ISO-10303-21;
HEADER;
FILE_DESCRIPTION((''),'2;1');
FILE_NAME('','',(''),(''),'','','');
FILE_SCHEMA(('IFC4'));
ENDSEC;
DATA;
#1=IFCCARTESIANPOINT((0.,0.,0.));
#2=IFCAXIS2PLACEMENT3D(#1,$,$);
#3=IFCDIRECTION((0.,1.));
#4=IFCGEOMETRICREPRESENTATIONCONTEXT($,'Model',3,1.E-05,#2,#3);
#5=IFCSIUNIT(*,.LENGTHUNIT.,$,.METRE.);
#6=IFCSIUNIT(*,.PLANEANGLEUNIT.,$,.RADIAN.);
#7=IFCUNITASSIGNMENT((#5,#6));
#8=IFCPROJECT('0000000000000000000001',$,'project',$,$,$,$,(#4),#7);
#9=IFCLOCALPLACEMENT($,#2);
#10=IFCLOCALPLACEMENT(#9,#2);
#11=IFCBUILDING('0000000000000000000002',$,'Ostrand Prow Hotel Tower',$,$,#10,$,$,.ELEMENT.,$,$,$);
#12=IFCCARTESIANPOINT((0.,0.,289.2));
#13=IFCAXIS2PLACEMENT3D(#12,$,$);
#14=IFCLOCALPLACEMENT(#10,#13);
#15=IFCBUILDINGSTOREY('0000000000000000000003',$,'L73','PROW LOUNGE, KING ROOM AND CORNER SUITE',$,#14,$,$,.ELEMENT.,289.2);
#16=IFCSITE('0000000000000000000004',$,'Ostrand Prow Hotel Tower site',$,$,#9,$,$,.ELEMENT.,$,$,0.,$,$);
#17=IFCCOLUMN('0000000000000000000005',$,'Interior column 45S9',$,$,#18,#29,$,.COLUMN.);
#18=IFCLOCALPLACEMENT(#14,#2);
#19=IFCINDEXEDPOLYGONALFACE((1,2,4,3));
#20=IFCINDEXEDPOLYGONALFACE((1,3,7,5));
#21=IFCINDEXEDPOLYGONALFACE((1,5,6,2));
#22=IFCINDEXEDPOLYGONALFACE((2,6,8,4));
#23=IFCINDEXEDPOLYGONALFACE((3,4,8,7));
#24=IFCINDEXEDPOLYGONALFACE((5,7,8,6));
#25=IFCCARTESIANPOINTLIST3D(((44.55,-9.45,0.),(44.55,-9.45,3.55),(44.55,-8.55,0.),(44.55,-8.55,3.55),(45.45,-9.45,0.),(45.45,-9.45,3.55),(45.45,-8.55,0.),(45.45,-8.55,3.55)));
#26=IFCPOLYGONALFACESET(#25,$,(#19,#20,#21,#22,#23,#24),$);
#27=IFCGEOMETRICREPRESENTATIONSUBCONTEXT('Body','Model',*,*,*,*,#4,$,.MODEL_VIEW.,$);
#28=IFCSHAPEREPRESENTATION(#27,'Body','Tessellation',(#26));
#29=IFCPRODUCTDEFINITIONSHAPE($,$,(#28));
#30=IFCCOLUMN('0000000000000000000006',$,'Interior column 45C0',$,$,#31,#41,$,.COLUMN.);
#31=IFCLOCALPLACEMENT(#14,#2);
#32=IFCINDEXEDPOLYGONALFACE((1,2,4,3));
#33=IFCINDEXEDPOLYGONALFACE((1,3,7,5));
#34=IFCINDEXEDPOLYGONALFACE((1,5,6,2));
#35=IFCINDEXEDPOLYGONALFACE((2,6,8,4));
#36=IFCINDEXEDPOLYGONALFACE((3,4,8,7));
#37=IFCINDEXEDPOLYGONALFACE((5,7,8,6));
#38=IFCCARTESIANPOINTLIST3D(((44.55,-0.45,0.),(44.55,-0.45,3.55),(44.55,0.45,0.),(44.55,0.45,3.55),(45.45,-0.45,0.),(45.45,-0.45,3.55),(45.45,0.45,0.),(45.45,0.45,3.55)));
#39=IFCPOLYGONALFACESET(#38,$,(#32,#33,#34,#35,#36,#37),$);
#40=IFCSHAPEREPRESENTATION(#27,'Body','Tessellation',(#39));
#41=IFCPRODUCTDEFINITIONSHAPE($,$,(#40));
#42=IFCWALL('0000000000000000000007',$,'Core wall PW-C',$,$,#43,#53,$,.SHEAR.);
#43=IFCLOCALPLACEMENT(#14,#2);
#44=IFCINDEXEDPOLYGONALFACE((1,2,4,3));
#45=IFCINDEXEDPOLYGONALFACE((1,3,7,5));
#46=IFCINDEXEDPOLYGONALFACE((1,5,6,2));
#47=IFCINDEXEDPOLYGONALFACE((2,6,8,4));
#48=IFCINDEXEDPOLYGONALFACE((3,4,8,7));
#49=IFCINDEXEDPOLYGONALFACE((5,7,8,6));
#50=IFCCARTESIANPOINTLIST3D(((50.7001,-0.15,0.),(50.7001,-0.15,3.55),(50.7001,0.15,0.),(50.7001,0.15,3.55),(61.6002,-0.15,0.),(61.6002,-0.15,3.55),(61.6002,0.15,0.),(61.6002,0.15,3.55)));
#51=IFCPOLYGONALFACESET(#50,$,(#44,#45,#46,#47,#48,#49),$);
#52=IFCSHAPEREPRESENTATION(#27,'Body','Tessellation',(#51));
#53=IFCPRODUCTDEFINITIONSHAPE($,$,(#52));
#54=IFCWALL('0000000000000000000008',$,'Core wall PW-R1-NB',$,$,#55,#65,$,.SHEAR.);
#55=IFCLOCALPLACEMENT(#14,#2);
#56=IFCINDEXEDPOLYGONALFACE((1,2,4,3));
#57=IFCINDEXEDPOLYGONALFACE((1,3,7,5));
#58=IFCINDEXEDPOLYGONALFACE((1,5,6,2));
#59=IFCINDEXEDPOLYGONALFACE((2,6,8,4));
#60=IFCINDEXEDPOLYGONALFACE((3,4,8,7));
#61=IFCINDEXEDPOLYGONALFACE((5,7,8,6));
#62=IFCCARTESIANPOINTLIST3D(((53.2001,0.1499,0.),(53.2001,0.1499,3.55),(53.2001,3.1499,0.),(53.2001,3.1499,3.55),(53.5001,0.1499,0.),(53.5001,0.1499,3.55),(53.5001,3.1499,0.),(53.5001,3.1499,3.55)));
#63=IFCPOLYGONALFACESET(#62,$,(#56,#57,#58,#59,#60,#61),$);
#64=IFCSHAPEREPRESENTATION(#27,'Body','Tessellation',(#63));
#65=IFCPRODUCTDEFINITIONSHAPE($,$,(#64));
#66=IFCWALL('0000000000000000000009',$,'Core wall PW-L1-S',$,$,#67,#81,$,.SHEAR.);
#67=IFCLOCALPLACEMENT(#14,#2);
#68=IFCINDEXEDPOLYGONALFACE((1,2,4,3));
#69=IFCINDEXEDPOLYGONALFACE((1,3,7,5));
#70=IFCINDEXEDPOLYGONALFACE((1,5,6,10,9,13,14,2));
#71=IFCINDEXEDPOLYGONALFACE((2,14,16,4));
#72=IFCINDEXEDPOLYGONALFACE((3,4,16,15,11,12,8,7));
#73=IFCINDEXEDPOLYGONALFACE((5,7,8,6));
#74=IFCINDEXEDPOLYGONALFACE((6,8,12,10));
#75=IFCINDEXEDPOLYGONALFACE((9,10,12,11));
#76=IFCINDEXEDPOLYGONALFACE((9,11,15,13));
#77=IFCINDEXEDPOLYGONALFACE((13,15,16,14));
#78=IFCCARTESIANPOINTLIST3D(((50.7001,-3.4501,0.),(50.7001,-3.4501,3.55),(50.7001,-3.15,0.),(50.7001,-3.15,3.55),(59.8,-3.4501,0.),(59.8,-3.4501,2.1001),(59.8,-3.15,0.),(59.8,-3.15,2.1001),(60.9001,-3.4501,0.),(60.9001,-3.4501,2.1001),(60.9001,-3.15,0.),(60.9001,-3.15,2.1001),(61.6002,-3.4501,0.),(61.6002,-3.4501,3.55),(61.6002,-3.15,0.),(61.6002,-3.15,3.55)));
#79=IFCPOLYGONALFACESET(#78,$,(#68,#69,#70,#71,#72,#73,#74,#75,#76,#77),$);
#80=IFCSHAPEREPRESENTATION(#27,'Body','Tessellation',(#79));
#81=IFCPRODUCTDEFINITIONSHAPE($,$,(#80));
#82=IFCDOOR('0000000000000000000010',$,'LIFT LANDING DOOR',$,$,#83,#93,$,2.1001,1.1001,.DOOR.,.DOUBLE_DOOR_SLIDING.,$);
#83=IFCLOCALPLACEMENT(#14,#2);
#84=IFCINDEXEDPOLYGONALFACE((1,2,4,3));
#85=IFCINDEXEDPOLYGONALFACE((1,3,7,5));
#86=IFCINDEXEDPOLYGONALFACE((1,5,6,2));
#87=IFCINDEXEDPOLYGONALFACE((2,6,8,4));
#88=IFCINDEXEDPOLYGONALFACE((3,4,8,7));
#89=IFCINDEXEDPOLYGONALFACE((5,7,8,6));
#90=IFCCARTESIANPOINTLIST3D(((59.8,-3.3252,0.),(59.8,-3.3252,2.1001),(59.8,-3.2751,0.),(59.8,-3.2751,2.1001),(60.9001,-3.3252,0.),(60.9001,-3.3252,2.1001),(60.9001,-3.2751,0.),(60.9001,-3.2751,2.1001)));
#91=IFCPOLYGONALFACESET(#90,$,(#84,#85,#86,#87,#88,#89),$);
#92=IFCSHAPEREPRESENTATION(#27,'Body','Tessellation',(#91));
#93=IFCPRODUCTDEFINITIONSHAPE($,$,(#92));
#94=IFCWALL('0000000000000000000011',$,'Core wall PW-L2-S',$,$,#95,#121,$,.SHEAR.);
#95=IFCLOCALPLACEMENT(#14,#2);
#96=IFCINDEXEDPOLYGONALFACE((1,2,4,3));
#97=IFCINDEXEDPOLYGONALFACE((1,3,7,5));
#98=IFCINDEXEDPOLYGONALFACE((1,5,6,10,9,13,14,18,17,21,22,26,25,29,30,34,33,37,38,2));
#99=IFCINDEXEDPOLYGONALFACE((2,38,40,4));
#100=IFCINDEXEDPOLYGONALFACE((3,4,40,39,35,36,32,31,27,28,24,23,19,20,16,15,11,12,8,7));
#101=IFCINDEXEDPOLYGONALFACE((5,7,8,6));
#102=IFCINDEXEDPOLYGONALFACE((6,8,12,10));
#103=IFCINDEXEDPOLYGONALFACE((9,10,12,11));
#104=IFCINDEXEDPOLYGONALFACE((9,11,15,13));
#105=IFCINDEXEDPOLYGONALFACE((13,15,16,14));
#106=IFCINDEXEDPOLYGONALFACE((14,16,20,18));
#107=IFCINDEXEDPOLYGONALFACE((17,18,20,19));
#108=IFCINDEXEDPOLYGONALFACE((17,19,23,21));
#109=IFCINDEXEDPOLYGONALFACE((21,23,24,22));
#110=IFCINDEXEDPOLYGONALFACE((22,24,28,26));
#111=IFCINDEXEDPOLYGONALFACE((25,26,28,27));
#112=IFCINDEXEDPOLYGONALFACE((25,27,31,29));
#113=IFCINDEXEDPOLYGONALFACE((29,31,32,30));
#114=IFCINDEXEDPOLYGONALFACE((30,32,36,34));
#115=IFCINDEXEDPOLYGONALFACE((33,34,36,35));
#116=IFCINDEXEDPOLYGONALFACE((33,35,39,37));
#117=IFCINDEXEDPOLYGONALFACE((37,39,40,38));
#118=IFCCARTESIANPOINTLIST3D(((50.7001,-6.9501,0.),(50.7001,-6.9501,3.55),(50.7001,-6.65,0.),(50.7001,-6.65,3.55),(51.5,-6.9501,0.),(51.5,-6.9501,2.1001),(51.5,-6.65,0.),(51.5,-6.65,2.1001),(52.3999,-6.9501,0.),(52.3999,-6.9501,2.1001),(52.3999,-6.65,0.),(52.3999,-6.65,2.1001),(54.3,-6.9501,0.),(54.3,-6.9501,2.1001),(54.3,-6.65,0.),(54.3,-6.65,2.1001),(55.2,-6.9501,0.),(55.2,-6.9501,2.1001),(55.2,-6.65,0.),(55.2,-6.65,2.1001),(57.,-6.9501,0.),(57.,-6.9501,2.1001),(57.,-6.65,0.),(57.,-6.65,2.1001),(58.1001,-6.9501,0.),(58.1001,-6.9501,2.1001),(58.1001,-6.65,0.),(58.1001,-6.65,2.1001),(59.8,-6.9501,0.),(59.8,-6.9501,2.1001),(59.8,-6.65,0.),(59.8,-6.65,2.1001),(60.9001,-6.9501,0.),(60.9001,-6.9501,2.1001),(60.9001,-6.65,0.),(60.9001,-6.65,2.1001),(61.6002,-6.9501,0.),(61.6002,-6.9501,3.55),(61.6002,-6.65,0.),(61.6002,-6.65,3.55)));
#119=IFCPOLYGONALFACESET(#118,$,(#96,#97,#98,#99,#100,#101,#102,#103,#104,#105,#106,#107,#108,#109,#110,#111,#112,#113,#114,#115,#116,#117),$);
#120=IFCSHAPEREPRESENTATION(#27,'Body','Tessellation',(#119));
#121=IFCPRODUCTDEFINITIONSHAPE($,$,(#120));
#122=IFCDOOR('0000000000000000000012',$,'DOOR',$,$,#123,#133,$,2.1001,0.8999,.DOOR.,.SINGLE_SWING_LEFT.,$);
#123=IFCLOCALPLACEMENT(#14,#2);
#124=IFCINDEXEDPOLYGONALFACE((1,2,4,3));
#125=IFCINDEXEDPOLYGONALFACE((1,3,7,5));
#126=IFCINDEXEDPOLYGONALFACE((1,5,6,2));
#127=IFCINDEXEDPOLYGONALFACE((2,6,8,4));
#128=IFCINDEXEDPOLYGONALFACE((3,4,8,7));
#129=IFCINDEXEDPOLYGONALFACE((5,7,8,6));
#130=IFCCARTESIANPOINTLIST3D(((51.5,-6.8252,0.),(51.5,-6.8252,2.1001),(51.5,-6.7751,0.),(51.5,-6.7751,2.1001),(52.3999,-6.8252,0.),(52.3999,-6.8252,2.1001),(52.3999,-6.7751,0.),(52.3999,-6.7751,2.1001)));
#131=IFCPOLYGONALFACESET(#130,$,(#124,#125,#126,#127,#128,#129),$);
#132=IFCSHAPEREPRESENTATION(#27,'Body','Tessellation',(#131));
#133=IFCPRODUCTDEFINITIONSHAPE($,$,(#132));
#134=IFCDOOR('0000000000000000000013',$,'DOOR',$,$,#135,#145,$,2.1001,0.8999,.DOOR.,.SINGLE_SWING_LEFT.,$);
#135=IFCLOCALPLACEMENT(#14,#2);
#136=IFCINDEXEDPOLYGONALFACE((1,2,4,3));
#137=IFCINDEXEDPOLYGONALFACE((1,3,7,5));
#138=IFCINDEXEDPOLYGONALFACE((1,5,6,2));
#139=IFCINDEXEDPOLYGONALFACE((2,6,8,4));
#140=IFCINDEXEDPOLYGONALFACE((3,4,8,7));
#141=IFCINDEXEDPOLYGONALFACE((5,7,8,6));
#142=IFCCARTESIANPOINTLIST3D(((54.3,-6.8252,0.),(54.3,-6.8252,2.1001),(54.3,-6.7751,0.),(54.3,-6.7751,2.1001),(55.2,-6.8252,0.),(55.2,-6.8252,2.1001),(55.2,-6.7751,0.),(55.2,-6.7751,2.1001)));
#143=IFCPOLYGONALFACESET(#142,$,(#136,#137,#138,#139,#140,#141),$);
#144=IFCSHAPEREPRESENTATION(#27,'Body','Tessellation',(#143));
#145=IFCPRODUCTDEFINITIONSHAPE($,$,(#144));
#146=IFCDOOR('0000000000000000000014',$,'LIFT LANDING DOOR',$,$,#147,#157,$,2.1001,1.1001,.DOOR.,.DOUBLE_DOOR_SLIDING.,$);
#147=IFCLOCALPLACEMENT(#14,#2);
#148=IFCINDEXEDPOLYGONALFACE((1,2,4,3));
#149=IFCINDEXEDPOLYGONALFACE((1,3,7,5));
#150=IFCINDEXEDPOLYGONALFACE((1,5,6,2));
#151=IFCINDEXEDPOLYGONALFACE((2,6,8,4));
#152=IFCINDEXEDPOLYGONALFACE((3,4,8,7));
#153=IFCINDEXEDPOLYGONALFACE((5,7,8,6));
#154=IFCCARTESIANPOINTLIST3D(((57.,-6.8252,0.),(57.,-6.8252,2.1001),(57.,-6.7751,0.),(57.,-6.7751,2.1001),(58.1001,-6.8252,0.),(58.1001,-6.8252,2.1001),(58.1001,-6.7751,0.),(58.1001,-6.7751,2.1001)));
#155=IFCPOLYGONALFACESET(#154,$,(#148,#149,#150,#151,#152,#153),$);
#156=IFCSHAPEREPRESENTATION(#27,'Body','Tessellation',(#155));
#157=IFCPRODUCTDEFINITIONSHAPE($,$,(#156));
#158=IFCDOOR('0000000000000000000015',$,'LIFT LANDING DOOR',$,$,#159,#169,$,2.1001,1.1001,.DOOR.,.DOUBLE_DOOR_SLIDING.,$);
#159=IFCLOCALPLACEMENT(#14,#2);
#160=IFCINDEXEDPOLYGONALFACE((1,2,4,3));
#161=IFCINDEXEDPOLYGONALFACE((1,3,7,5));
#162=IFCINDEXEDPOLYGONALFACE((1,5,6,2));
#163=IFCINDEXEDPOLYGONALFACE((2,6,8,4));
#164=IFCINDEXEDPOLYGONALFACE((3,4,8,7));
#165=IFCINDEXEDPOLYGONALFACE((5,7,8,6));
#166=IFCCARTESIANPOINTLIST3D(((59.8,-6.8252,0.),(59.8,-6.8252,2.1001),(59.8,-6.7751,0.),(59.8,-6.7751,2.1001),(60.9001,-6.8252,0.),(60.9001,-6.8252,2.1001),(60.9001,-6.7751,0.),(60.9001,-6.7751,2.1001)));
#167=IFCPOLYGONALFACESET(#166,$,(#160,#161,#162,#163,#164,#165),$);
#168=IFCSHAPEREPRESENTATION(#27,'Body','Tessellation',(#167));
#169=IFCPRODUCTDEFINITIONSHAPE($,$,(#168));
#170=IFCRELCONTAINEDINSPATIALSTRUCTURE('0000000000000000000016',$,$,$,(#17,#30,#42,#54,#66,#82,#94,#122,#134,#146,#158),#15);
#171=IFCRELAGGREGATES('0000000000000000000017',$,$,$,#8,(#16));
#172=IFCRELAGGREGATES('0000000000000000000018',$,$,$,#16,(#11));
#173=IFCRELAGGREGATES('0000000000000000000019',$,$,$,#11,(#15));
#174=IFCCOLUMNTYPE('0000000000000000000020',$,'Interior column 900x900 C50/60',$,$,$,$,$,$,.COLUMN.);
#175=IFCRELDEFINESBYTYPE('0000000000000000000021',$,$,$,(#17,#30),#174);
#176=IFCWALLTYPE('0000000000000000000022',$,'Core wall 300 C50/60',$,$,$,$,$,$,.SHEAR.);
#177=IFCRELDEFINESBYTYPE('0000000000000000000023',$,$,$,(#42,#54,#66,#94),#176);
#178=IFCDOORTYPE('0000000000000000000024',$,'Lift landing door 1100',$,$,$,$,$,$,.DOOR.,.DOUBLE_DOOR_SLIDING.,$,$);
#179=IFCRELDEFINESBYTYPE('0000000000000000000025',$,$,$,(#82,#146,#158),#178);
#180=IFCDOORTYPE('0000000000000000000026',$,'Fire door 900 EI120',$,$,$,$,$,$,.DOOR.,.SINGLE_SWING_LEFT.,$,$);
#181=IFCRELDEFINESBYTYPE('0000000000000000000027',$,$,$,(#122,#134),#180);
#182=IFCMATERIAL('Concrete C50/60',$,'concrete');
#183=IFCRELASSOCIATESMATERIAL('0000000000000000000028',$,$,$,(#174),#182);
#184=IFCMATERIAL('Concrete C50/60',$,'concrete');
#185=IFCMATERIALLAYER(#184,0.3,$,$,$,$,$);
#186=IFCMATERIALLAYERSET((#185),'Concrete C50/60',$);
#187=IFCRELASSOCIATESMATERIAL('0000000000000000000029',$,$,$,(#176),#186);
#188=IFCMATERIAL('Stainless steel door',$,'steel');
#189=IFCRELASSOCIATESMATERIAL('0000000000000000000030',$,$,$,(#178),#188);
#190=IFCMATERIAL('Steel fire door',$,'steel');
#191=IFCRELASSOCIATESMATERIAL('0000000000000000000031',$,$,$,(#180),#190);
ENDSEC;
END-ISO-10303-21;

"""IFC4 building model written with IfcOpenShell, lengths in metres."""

from ifc_helpers import new_model, si_unit, direction, frame, frame_2d, origin, origin_2d, place, context, subcontext, project, spatial, rectangle, extrude, material, layer, layer_set, material_profile, profile_set, type_object, element, fill, save


model = new_model("IFC4")

# Units and contexts
model_context = context("Model", 3, precision=1e-05, world=origin(), true_north=direction((0.0, 1.0)))
body_context = subcontext(model_context, "Body", "Model", "MODEL_VIEW")
ifc_project = project(units=[si_unit("LENGTHUNIT", "METRE"), si_unit("PLANEANGLEUNIT", "RADIAN")], contexts=[model_context])

# Site, building, storey
site_placement = place(None, origin())
site = spatial("IfcSite", under=ifc_project, at=site_placement, Name="Ostrand Prow Hotel Tower site", CompositionType="ELEMENT", RefElevation=0.0)
building_placement = place(site_placement, origin())
building = spatial("IfcBuilding", under=site, at=building_placement, Name="Ostrand Prow Hotel Tower", CompositionType="ELEMENT")
storey_placement = place(building_placement, frame((0.0, 0.0, 289.2)))
storey = spatial("IfcBuildingStorey", under=building, at=storey_placement, Name="L73", Description="PROW LOUNGE, KING ROOM AND CORNER SUITE", CompositionType="ELEMENT", Elevation=289.2)

# Columns
ifc_material_1 = material(Name="Concrete C50/60", Category="concrete")
ifc_material_profile = material_profile(ifc_material_1, rectangle(XDim=0.8999, YDim=0.8999, at=origin_2d()), Name="RC 900x900")
ifc_profile_set = profile_set([ifc_material_profile], Name="Concrete C50/60")
column_type = type_object("IfcColumnType", Name="Interior column 900x900 C50/60", PredefinedType="COLUMN", material=ifc_profile_set)
for number, where, z_axis, x_axis, name in (
    (1, (45.0, -9.0, 0.0), (0.0, 0.0, 1.0), (1.0, 0.0, 0.0), "Interior column 45S9"),
    (2, (45.0, 0.0, 0.0), (0.0, 0.0, 1.0), (1.0, 0.0, 0.0), "Interior column 45C0"),
):
    element("IfcColumn", number, at=place(storey_placement, frame(where, z_axis=z_axis, x_axis=x_axis)), inside=storey, type_object=column_type, Name=name, PredefinedType="COLUMN", context=body_context, shape_type="SweptSolid", body=[
        extrude(rectangle(XDim=0.8999, YDim=0.8999, at=origin_2d()), origin(), (0.0, 0.0, 1.0), 3.55),
    ])

# Walls
ifc_material_2 = material(Name="Concrete C50/60", Category="concrete")
ifc_layer_1 = layer(ifc_material_2, 0.3)
ifc_layer_set_1 = layer_set([ifc_layer_1], Name="Concrete C50/60")
wall_type_1 = type_object("IfcWallType", Name="Core wall 300 C50/60", PredefinedType="SHEAR", material=ifc_layer_set_1)
wall_1_placement = place(storey_placement, frame((50.7, 0.0, 0.0), z_axis=(0.0, 0.0, 1.0), x_axis=(1.0, 0.0, 0.0)))
element("IfcWall", 3, at=wall_1_placement, inside=storey, type_object=wall_type_1, Name="Core wall PW-C", PredefinedType="SHEAR", context=body_context, shape_type="SweptSolid", body=[
    extrude(rectangle(XDim=10.9001, YDim=0.3, at=frame_2d((5.4502, 0.0))), origin(), (0.0, 0.0, 1.0), 3.55),
])
wall_2_placement = place(storey_placement, frame((53.3501, 0.1499, 0.0), z_axis=(0.0, 0.0, 1.0), x_axis=(0.0, 1.0, 0.0)))
element("IfcWall", 4, at=wall_2_placement, inside=storey, type_object=wall_type_1, Name="Core wall PW-R1-NB", PredefinedType="SHEAR", context=body_context, shape_type="SweptSolid", body=[
    extrude(rectangle(XDim=3.0, YDim=0.3, at=frame_2d((1.5, 0.0))), origin(), (0.0, 0.0, 1.0), 3.55),
])

# Wall, opening, door
wall_3_placement = place(storey_placement, frame((50.7, -3.3, 0.0), z_axis=(0.0, 0.0, 1.0), x_axis=(1.0, 0.0, 0.0)))
wall_3 = element("IfcWall", 5, at=wall_3_placement, inside=storey, type_object=wall_type_1, Name="Core wall PW-L1-S", PredefinedType="SHEAR", context=body_context, shape_type="SweptSolid", body=[
    extrude(rectangle(XDim=10.9001, YDim=0.3, at=frame_2d((5.4502, 0.0))), origin(), (0.0, 0.0, 1.0), 3.55),
])
opening_1_placement = place(wall_3_placement, frame((9.1001, 0.0, 0.0)))
opening_1 = element("IfcOpeningElement", 6, at=opening_1_placement, cuts=wall_3, PredefinedType="OPENING", context=body_context, shape_type="SweptSolid", body=[
    extrude(rectangle(XDim=1.1001, YDim=2.1001, at=frame_2d((0.55, 1.05))), frame((0.0, 0.1599, 0.0), z_axis=(0.0, -1.0, 0.0), x_axis=(1.0, 0.0, 0.0)), (0.0, 0.0, 1.0), 0.3201),
])
ifc_material_3 = material(Name="Stainless steel door", Category="steel")
door_type_1 = type_object("IfcDoorType", Name="Lift landing door 1100", OperationType="DOUBLE_DOOR_SLIDING", PredefinedType="DOOR", material=ifc_material_3)
door_1_placement = place(opening_1_placement, origin())
door_1 = element("IfcDoor", 7, at=door_1_placement, inside=storey, type_object=door_type_1, Name="LIFT LANDING DOOR", OperationType="DOUBLE_DOOR_SLIDING", OverallHeight=2.1001, OverallWidth=1.1001, PredefinedType="DOOR", context=body_context, shape_type="SweptSolid", body=[
    extrude(rectangle(XDim=1.1001, YDim=2.1001, at=frame_2d((0.55, 1.05))), frame((0.0, 0.0249, 0.0), z_axis=(0.0, -1.0, 0.0), x_axis=(1.0, 0.0, 0.0)), (0.0, 0.0, 1.0), 0.05),
])
fill(opening_1, door_1)

# Wall, openings, doors
wall_4_placement = place(storey_placement, frame((50.7, -6.8, 0.0), z_axis=(0.0, 0.0, 1.0), x_axis=(1.0, 0.0, 0.0)))
wall_4 = element("IfcWall", 8, at=wall_4_placement, inside=storey, type_object=wall_type_1, Name="Core wall PW-L2-S", PredefinedType="SHEAR", context=body_context, shape_type="SweptSolid", body=[
    extrude(rectangle(XDim=10.9001, YDim=0.3, at=frame_2d((5.4502, 0.0))), origin(), (0.0, 0.0, 1.0), 3.55),
])
opening_2_placement = place(wall_4_placement, frame((6.3, 0.0, 0.0)))
opening_2 = element("IfcOpeningElement", 9, at=opening_2_placement, cuts=wall_4, PredefinedType="OPENING", context=body_context, shape_type="SweptSolid", body=[
    extrude(rectangle(XDim=1.1001, YDim=2.1001, at=frame_2d((0.55, 1.05))), frame((0.0, 0.1599, 0.0), z_axis=(0.0, -1.0, 0.0), x_axis=(1.0, 0.0, 0.0)), (0.0, 0.0, 1.0), 0.3201),
])
opening_3_placement = place(wall_4_placement, frame((9.1001, 0.0, 0.0)))
opening_3 = element("IfcOpeningElement", 10, at=opening_3_placement, cuts=wall_4, PredefinedType="OPENING", context=body_context, shape_type="SweptSolid", body=[
    extrude(rectangle(XDim=1.1001, YDim=2.1001, at=frame_2d((0.55, 1.05))), frame((0.0, 0.1599, 0.0), z_axis=(0.0, -1.0, 0.0), x_axis=(1.0, 0.0, 0.0)), (0.0, 0.0, 1.0), 0.3201),
])
opening_4_placement = place(wall_4_placement, frame((0.8, 0.0, 0.0)))
opening_4 = element("IfcOpeningElement", 11, at=opening_4_placement, cuts=wall_4, PredefinedType="OPENING", context=body_context, shape_type="SweptSolid", body=[
    extrude(rectangle(XDim=0.8999, YDim=2.1001, at=frame_2d((0.45, 1.05))), frame((0.0, 0.1599, 0.0), z_axis=(0.0, -1.0, 0.0), x_axis=(1.0, 0.0, 0.0)), (0.0, 0.0, 1.0), 0.3201),
])
opening_5_placement = place(wall_4_placement, frame((3.6001, 0.0, 0.0)))
opening_5 = element("IfcOpeningElement", 12, at=opening_5_placement, cuts=wall_4, PredefinedType="OPENING", context=body_context, shape_type="SweptSolid", body=[
    extrude(rectangle(XDim=0.8999, YDim=2.1001, at=frame_2d((0.45, 1.05))), frame((0.0, 0.1599, 0.0), z_axis=(0.0, -1.0, 0.0), x_axis=(1.0, 0.0, 0.0)), (0.0, 0.0, 1.0), 0.3201),
])
ifc_material_4 = material(Name="Steel fire door", Category="steel")
door_type_2 = type_object("IfcDoorType", Name="Fire door 900 EI120", OperationType="SINGLE_SWING_LEFT", PredefinedType="DOOR", material=ifc_material_4)
door_2_placement = place(opening_4_placement, origin())
door_2 = element("IfcDoor", 13, at=door_2_placement, inside=storey, type_object=door_type_2, Name="DOOR", OperationType="SINGLE_SWING_LEFT", OverallHeight=2.1001, OverallWidth=0.8999, PredefinedType="DOOR", context=body_context, shape_type="SweptSolid", body=[
    extrude(rectangle(XDim=0.8999, YDim=2.1001, at=frame_2d((0.45, 1.05))), frame((0.0, 0.0249, 0.0), z_axis=(0.0, -1.0, 0.0), x_axis=(1.0, 0.0, 0.0)), (0.0, 0.0, 1.0), 0.05),
])
fill(opening_4, door_2)
door_3_placement = place(opening_5_placement, origin())
door_3 = element("IfcDoor", 14, at=door_3_placement, inside=storey, type_object=door_type_2, Name="DOOR", OperationType="SINGLE_SWING_LEFT", OverallHeight=2.1001, OverallWidth=0.8999, PredefinedType="DOOR", context=body_context, shape_type="SweptSolid", body=[
    extrude(rectangle(XDim=0.8999, YDim=2.1001, at=frame_2d((0.45, 1.05))), frame((0.0, 0.0249, 0.0), z_axis=(0.0, -1.0, 0.0), x_axis=(1.0, 0.0, 0.0)), (0.0, 0.0, 1.0), 0.05),
])
fill(opening_5, door_3)
door_4_placement = place(opening_2_placement, origin())
door_4 = element("IfcDoor", 15, at=door_4_placement, inside=storey, type_object=door_type_1, Name="LIFT LANDING DOOR", OperationType="DOUBLE_DOOR_SLIDING", OverallHeight=2.1001, OverallWidth=1.1001, PredefinedType="DOOR", context=body_context, shape_type="SweptSolid", body=[
    extrude(rectangle(XDim=1.1001, YDim=2.1001, at=frame_2d((0.55, 1.05))), frame((0.0, 0.0249, 0.0), z_axis=(0.0, -1.0, 0.0), x_axis=(1.0, 0.0, 0.0)), (0.0, 0.0, 1.0), 0.05),
])
fill(opening_2, door_4)
door_5_placement = place(opening_3_placement, origin())
door_5 = element("IfcDoor", 16, at=door_5_placement, inside=storey, type_object=door_type_1, Name="LIFT LANDING DOOR", OperationType="DOUBLE_DOOR_SLIDING", OverallHeight=2.1001, OverallWidth=1.1001, PredefinedType="DOOR", context=body_context, shape_type="SweptSolid", body=[
    extrude(rectangle(XDim=1.1001, YDim=2.1001, at=frame_2d((0.55, 1.05))), frame((0.0, 0.0249, 0.0), z_axis=(0.0, -1.0, 0.0), x_axis=(1.0, 0.0, 0.0)), (0.0, 0.0, 1.0), 0.05),
])
fill(opening_3, door_5)

save(model, "model.ifc")
